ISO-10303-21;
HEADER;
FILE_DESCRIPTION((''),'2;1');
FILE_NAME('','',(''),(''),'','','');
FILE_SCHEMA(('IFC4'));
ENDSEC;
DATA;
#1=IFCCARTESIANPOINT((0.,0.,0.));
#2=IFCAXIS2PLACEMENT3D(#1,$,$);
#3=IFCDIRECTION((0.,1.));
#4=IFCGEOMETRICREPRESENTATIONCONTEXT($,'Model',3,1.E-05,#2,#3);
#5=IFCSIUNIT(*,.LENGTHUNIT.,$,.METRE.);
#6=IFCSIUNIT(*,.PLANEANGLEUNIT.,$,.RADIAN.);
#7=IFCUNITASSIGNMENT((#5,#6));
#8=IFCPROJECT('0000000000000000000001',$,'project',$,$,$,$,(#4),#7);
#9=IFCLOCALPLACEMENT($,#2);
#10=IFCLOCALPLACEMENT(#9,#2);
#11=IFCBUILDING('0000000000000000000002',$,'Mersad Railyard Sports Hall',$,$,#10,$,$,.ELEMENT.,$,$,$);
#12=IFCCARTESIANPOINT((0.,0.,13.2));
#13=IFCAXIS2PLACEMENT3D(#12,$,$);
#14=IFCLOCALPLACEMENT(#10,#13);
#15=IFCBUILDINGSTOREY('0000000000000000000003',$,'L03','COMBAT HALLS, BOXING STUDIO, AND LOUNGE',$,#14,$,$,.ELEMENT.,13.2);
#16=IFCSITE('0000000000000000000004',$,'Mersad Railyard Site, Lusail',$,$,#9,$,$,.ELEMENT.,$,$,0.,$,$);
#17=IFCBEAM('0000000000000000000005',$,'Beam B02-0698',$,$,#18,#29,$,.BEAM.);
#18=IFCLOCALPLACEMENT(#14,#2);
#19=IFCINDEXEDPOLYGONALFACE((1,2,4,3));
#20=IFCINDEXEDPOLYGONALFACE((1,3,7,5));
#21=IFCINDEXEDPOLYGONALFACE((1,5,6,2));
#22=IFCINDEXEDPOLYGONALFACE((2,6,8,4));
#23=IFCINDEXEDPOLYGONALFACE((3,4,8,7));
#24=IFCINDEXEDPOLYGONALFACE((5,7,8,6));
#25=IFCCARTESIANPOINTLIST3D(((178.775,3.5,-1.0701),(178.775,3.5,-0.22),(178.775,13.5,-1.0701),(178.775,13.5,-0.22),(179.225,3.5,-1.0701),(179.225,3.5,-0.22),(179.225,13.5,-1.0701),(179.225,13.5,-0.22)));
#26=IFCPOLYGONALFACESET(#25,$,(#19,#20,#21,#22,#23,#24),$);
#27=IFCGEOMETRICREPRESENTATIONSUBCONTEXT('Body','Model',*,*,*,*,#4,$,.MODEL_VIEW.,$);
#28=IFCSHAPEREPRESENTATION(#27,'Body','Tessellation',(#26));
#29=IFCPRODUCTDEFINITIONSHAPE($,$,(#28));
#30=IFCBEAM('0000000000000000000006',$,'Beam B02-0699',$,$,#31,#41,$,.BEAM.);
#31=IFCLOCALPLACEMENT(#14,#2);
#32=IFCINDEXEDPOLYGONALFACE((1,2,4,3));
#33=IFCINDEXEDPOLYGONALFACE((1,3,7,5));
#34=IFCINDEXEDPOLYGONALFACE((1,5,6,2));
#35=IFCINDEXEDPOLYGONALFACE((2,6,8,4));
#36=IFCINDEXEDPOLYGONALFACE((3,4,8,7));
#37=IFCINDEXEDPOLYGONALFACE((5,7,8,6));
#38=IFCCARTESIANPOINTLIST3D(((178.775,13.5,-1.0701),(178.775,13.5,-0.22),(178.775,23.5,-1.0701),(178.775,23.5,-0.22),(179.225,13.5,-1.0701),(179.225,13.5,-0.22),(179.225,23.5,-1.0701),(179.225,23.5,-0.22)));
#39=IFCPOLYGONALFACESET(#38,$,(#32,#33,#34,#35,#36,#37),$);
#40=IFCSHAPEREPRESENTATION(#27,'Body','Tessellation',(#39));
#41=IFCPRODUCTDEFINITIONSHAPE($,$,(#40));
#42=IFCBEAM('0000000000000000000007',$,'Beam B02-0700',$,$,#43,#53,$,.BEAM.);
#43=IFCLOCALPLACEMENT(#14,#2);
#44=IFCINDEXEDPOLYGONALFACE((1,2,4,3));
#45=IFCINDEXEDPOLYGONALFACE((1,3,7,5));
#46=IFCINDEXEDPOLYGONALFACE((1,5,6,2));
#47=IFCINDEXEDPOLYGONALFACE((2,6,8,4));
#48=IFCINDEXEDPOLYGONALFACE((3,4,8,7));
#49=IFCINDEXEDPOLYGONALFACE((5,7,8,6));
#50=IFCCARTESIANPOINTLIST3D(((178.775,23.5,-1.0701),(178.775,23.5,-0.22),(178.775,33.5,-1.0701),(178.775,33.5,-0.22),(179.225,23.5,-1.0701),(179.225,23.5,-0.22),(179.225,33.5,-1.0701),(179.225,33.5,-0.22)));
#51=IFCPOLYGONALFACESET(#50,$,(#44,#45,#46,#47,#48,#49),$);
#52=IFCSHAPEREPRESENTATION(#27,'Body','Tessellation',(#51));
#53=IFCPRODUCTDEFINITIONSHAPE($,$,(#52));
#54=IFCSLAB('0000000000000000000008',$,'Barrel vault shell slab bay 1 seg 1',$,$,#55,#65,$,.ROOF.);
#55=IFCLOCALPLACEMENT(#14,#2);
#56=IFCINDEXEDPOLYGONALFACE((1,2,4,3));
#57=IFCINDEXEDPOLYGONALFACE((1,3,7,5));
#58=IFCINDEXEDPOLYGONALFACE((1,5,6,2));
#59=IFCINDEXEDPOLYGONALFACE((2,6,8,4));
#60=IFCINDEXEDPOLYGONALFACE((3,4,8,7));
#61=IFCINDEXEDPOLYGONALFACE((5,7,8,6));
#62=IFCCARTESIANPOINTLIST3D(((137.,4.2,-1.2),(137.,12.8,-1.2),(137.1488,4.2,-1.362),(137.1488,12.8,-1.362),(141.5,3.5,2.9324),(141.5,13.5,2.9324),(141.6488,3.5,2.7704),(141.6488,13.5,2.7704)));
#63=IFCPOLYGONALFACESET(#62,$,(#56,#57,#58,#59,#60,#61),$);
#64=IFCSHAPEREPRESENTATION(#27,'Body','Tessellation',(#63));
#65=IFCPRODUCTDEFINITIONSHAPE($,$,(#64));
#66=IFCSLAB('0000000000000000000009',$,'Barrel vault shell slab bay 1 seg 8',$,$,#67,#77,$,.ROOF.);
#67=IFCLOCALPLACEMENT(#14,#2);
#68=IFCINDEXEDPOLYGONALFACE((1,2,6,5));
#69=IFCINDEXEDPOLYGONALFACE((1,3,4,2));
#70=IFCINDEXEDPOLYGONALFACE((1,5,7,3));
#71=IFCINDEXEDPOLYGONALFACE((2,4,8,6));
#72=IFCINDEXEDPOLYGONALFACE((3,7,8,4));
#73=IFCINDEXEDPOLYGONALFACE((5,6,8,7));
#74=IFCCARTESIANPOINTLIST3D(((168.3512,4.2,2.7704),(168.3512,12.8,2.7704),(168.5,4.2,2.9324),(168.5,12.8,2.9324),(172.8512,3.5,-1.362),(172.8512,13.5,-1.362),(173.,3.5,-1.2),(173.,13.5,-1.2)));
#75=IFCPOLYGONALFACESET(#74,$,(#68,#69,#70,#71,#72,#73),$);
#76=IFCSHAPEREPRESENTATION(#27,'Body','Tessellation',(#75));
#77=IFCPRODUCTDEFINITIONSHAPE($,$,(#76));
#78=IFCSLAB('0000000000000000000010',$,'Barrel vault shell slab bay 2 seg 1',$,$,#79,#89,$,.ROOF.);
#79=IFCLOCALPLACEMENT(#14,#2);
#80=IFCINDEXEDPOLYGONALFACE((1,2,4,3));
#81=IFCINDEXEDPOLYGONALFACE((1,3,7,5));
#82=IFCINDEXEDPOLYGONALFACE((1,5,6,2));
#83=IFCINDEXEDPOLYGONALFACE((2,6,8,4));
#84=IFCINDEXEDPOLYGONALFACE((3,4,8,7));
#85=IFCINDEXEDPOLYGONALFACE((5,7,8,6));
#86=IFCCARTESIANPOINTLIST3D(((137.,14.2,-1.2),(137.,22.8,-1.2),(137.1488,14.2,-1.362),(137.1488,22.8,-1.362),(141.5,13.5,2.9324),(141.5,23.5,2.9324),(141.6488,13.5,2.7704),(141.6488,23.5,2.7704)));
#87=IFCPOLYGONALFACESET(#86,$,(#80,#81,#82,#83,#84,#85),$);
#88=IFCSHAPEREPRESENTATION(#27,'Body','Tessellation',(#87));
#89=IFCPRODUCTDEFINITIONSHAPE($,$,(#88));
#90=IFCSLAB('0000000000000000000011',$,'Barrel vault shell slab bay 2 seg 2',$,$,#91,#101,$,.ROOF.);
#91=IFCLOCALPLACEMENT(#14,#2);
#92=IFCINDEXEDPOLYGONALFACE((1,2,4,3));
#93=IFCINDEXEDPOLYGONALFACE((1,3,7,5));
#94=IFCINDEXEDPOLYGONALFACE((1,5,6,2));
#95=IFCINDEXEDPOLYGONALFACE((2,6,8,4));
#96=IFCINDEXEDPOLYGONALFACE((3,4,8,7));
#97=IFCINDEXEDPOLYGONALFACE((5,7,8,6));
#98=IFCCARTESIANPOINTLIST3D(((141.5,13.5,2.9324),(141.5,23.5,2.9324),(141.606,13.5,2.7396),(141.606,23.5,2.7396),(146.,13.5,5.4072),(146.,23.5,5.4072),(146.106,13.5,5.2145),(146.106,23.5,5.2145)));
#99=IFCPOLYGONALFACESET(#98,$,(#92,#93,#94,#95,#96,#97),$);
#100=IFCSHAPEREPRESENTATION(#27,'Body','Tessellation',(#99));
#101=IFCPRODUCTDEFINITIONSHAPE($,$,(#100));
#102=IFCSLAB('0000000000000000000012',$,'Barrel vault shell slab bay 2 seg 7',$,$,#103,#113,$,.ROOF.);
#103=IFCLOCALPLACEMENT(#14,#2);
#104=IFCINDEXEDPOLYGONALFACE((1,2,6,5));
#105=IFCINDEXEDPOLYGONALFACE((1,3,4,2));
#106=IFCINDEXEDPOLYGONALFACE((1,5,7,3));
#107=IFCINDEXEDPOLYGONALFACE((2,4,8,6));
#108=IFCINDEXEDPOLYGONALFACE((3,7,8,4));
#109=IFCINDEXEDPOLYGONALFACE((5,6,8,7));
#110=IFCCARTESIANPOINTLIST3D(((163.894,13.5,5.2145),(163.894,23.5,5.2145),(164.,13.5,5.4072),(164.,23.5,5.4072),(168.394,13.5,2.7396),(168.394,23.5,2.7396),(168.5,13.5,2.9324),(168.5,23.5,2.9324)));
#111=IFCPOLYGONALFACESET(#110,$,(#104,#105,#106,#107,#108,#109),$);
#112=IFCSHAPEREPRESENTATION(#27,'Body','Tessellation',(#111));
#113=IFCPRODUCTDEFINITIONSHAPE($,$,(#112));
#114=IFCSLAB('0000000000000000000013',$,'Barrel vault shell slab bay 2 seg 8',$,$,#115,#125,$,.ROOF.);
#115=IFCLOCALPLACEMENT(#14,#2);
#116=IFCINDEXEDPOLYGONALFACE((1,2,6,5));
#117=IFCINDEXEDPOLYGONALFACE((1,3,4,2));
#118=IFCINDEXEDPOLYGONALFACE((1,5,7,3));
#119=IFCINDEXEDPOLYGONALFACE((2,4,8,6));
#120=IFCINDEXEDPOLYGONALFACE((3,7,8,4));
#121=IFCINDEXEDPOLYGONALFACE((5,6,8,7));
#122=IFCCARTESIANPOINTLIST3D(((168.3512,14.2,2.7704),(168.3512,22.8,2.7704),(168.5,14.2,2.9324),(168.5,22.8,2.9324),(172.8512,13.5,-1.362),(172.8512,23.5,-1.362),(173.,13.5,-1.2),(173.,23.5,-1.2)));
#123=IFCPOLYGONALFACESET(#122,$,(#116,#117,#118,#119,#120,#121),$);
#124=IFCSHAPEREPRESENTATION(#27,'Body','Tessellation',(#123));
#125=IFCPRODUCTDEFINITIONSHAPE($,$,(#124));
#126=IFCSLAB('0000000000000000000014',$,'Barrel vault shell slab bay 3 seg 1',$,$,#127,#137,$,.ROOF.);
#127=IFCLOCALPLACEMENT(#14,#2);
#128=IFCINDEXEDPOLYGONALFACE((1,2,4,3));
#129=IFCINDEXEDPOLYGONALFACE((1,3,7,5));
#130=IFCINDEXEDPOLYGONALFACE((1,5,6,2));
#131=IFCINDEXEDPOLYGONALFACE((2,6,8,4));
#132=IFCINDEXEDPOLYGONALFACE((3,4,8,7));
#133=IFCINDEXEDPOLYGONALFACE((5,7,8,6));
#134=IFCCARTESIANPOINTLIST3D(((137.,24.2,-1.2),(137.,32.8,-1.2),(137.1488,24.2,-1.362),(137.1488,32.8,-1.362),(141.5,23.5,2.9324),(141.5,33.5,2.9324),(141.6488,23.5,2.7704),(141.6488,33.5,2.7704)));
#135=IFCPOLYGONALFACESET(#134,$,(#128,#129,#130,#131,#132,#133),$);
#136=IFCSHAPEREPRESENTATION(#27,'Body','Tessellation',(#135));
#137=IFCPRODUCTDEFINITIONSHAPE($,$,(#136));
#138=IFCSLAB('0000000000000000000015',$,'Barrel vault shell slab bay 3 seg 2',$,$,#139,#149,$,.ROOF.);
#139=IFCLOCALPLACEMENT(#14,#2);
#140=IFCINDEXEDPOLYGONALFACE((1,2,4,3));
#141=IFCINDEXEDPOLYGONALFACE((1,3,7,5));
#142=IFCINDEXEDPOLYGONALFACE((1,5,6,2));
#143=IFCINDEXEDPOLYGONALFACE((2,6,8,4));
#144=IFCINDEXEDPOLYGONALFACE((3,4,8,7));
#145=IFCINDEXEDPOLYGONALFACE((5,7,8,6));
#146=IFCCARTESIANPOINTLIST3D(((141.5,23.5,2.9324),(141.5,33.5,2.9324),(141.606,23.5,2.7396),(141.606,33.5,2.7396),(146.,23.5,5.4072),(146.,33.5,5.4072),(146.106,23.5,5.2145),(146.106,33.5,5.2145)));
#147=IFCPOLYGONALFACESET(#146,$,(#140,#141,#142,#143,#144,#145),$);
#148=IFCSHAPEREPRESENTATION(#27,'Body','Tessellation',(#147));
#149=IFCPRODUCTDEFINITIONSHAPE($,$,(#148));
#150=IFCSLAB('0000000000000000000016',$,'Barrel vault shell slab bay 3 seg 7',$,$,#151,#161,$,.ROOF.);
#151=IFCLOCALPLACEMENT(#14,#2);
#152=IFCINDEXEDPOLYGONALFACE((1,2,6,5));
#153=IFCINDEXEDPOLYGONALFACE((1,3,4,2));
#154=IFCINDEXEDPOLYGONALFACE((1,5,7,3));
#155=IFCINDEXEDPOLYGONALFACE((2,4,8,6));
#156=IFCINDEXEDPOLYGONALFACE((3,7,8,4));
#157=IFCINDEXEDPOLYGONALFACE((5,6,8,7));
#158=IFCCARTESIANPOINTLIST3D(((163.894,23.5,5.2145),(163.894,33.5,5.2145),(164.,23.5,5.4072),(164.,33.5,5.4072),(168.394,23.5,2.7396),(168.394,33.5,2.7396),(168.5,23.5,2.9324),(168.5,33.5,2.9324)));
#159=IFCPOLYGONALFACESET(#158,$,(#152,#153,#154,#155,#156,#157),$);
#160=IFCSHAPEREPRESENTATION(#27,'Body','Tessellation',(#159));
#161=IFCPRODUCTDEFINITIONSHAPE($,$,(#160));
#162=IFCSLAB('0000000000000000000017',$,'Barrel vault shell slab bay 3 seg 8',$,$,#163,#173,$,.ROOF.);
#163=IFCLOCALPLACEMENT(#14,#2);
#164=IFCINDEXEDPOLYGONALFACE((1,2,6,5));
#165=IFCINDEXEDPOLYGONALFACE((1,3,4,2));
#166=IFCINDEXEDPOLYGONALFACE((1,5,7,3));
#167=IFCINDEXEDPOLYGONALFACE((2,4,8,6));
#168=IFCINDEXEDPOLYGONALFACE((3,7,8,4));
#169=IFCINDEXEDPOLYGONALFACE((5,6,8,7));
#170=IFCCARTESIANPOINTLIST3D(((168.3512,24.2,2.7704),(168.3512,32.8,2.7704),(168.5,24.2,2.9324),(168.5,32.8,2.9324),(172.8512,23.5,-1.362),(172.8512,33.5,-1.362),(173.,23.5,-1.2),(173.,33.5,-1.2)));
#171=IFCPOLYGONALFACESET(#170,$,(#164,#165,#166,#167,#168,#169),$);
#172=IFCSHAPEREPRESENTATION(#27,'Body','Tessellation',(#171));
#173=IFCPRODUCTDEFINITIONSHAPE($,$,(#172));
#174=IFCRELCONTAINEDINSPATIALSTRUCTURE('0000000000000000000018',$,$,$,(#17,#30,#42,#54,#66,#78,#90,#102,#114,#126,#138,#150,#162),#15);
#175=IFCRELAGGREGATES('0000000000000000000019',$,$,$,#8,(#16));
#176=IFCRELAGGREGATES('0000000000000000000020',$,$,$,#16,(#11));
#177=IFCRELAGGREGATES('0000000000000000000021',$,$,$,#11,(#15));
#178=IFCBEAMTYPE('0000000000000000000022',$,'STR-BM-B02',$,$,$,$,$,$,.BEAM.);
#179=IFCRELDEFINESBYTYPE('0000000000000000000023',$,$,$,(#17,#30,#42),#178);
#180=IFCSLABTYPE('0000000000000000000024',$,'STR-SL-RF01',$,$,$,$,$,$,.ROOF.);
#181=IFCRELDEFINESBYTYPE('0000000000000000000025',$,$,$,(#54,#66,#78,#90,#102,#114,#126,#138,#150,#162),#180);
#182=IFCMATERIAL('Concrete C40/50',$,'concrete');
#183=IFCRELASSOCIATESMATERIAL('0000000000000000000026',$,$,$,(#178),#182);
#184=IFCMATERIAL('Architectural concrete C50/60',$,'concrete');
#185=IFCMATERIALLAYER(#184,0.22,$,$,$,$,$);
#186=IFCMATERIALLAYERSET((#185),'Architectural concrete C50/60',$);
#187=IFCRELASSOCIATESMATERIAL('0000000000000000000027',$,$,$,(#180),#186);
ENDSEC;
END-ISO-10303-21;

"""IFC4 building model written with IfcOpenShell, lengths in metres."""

from ifc_helpers import new_model, si_unit, direction, frame, origin, origin_2d, place, context, subcontext, project, spatial, polyline, rectangle, outline, extrude, material, layer, layer_set, material_profile, profile_set, type_object, element, save


model = new_model("IFC4")

# Units and contexts
model_context = context("Model", 3, precision=1e-05, world=origin(), true_north=direction((0.0, 1.0)))
body_context = subcontext(model_context, "Body", "Model", "MODEL_VIEW")
ifc_project = project(units=[si_unit("LENGTHUNIT", "METRE"), si_unit("PLANEANGLEUNIT", "RADIAN")], contexts=[model_context])

# Site, building, storey
site_placement = place(None, origin())
site = spatial("IfcSite", under=ifc_project, at=site_placement, Name="Mersad Railyard Site, Lusail", CompositionType="ELEMENT", RefElevation=0.0)
building_placement = place(site_placement, origin())
building = spatial("IfcBuilding", under=site, at=building_placement, Name="Mersad Railyard Sports Hall", CompositionType="ELEMENT")
storey_placement = place(building_placement, frame((0.0, 0.0, 13.2)))
storey = spatial("IfcBuildingStorey", under=building, at=storey_placement, Name="L03", Description="COMBAT HALLS, BOXING STUDIO, AND LOUNGE", CompositionType="ELEMENT", Elevation=13.2)

# Beams
ifc_material_1 = material(Name="Concrete C40/50", Category="concrete")
ifc_material_profile_1 = material_profile(ifc_material_1, rectangle(XDim=0.45, YDim=0.8501, at=origin_2d()), Name="RC 450x850")
ifc_profile_set_1 = profile_set([ifc_material_profile_1], Name="Concrete C40/50")
beam_type_1 = type_object("IfcBeamType", Name="STR-BM-B02", PredefinedType="BEAM", material=ifc_profile_set_1)
for number, where, z_axis, x_axis, name in (
    (1, (179.0, 3.5, -0.645), (0.0, 1.0, 0.0), (-1.0, 0.0, 0.0), "Beam B02-0698"),
    (2, (179.0, 13.5, -0.645), (0.0, 1.0, 0.0), (-1.0, 0.0, 0.0), "Beam B02-0699"),
    (3, (179.0, 23.5, -0.645), (0.0, 1.0, 0.0), (-1.0, 0.0, 0.0), "Beam B02-0700"),
):
    element("IfcBeam", number, at=place(storey_placement, frame(where, z_axis=z_axis, x_axis=x_axis)), inside=storey, type_object=beam_type_1, Name=name, PredefinedType="BEAM", context=body_context, shape_type="SweptSolid", body=[
        extrude(rectangle(XDim=0.45, YDim=0.8501, at=origin_2d()), origin(), (0.0, 0.0, 1.0), 10.0),
    ])

# Slabs
ifc_material_2 = material(Name="Architectural concrete C50/60", Category="concrete")
ifc_layer_1 = layer(ifc_material_2, 0.22)
ifc_layer_set_1 = layer_set([ifc_layer_1], Name="Architectural concrete C50/60")
slab_type = type_object("IfcSlabType", Name="STR-SL-RF01", PredefinedType="ROOF", material=ifc_layer_set_1)
for number, where, z_axis, x_axis, name in (
    (4, (137.0, 4.2, -1.2), (-0.676376, 0.0, 0.736557), (0.73177, -0.113823, 0.67198), "Barrel vault shell slab bay 1 seg 1"),
    (5, (168.5, 4.2, 2.9324), (0.676376, 0.0, 0.736557), (0.73177, -0.113823, -0.67198), "Barrel vault shell slab bay 1 seg 8"),
    (6, (137.0, 14.2, -1.2), (-0.676376, 0.0, 0.736557), (0.73177, -0.113823, 0.67198), "Barrel vault shell slab bay 2 seg 1"),
):
    element("IfcSlab", number, at=place(storey_placement, frame(where, z_axis=z_axis, x_axis=x_axis)), inside=storey, type_object=slab_type, Name=name, PredefinedType="ROOF", context=body_context, shape_type="SweptSolid", body=[
        extrude(outline(polyline([(0.0, 0.0), (6.1495, 0.0), (5.0112, 9.935), (-0.9789, 8.5442), (0.0, 0.0)])), origin(), (0.0, 0.0, -1.0), 0.22),
    ])
for number, where, z_axis, x_axis, name in (
    (7, (141.5, 13.5, 2.9324), (-0.481897, 0.0, 0.876228), (0.876228, 0.0, 0.481897), "Barrel vault shell slab bay 2 seg 2"),
    (8, (164.0, 13.5, 5.4072), (0.481897, 0.0, 0.876228), (0.876228, 0.0, -0.481897), "Barrel vault shell slab bay 2 seg 7"),
):
    element("IfcSlab", number, at=place(storey_placement, frame(where, z_axis=z_axis, x_axis=x_axis)), inside=storey, type_object=slab_type, Name=name, PredefinedType="ROOF", context=body_context, shape_type="SweptSolid", body=[
        extrude(outline(polyline([(0.0, 0.0), (5.1356, 0.0), (5.1356, 10.0), (0.0, 10.0), (0.0, 0.0)])), origin(), (0.0, 0.0, -1.0), 0.22),
    ])
for number, where, z_axis, x_axis, name in (
    (9, (168.5, 14.2, 2.9324), (0.676376, 0.0, 0.736557), (0.73177, -0.113823, -0.67198), "Barrel vault shell slab bay 2 seg 8"),
    (10, (137.0, 24.2, -1.2), (-0.676376, 0.0, 0.736557), (0.73177, -0.113823, 0.67198), "Barrel vault shell slab bay 3 seg 1"),
):
    element("IfcSlab", number, at=place(storey_placement, frame(where, z_axis=z_axis, x_axis=x_axis)), inside=storey, type_object=slab_type, Name=name, PredefinedType="ROOF", context=body_context, shape_type="SweptSolid", body=[
        extrude(outline(polyline([(0.0, 0.0), (6.1495, 0.0), (5.0112, 9.935), (-0.9789, 8.5442), (0.0, 0.0)])), origin(), (0.0, 0.0, -1.0), 0.22),
    ])
for number, where, z_axis, x_axis, name in (
    (11, (141.5, 23.5, 2.9324), (-0.481897, 0.0, 0.876228), (0.876228, 0.0, 0.481897), "Barrel vault shell slab bay 3 seg 2"),
    (12, (164.0, 23.5, 5.4072), (0.481897, 0.0, 0.876228), (0.876228, 0.0, -0.481897), "Barrel vault shell slab bay 3 seg 7"),
):
    element("IfcSlab", number, at=place(storey_placement, frame(where, z_axis=z_axis, x_axis=x_axis)), inside=storey, type_object=slab_type, Name=name, PredefinedType="ROOF", context=body_context, shape_type="SweptSolid", body=[
        extrude(outline(polyline([(0.0, 0.0), (5.1356, 0.0), (5.1356, 10.0), (0.0, 10.0), (0.0, 0.0)])), origin(), (0.0, 0.0, -1.0), 0.22),
    ])
slab_placement = place(storey_placement, frame((168.5, 24.2, 2.9324), z_axis=(0.676376, 0.0, 0.736557), x_axis=(0.73177, -0.113823, -0.67198)))
element("IfcSlab", 13, at=slab_placement, inside=storey, type_object=slab_type, Name="Barrel vault shell slab bay 3 seg 8", PredefinedType="ROOF", context=body_context, shape_type="SweptSolid", body=[
    extrude(outline(polyline([(0.0, 0.0), (6.1495, 0.0), (5.0112, 9.935), (-0.9789, 8.5442), (0.0, 0.0)])), origin(), (0.0, 0.0, -1.0), 0.22),
])

save(model, "model.ifc")
